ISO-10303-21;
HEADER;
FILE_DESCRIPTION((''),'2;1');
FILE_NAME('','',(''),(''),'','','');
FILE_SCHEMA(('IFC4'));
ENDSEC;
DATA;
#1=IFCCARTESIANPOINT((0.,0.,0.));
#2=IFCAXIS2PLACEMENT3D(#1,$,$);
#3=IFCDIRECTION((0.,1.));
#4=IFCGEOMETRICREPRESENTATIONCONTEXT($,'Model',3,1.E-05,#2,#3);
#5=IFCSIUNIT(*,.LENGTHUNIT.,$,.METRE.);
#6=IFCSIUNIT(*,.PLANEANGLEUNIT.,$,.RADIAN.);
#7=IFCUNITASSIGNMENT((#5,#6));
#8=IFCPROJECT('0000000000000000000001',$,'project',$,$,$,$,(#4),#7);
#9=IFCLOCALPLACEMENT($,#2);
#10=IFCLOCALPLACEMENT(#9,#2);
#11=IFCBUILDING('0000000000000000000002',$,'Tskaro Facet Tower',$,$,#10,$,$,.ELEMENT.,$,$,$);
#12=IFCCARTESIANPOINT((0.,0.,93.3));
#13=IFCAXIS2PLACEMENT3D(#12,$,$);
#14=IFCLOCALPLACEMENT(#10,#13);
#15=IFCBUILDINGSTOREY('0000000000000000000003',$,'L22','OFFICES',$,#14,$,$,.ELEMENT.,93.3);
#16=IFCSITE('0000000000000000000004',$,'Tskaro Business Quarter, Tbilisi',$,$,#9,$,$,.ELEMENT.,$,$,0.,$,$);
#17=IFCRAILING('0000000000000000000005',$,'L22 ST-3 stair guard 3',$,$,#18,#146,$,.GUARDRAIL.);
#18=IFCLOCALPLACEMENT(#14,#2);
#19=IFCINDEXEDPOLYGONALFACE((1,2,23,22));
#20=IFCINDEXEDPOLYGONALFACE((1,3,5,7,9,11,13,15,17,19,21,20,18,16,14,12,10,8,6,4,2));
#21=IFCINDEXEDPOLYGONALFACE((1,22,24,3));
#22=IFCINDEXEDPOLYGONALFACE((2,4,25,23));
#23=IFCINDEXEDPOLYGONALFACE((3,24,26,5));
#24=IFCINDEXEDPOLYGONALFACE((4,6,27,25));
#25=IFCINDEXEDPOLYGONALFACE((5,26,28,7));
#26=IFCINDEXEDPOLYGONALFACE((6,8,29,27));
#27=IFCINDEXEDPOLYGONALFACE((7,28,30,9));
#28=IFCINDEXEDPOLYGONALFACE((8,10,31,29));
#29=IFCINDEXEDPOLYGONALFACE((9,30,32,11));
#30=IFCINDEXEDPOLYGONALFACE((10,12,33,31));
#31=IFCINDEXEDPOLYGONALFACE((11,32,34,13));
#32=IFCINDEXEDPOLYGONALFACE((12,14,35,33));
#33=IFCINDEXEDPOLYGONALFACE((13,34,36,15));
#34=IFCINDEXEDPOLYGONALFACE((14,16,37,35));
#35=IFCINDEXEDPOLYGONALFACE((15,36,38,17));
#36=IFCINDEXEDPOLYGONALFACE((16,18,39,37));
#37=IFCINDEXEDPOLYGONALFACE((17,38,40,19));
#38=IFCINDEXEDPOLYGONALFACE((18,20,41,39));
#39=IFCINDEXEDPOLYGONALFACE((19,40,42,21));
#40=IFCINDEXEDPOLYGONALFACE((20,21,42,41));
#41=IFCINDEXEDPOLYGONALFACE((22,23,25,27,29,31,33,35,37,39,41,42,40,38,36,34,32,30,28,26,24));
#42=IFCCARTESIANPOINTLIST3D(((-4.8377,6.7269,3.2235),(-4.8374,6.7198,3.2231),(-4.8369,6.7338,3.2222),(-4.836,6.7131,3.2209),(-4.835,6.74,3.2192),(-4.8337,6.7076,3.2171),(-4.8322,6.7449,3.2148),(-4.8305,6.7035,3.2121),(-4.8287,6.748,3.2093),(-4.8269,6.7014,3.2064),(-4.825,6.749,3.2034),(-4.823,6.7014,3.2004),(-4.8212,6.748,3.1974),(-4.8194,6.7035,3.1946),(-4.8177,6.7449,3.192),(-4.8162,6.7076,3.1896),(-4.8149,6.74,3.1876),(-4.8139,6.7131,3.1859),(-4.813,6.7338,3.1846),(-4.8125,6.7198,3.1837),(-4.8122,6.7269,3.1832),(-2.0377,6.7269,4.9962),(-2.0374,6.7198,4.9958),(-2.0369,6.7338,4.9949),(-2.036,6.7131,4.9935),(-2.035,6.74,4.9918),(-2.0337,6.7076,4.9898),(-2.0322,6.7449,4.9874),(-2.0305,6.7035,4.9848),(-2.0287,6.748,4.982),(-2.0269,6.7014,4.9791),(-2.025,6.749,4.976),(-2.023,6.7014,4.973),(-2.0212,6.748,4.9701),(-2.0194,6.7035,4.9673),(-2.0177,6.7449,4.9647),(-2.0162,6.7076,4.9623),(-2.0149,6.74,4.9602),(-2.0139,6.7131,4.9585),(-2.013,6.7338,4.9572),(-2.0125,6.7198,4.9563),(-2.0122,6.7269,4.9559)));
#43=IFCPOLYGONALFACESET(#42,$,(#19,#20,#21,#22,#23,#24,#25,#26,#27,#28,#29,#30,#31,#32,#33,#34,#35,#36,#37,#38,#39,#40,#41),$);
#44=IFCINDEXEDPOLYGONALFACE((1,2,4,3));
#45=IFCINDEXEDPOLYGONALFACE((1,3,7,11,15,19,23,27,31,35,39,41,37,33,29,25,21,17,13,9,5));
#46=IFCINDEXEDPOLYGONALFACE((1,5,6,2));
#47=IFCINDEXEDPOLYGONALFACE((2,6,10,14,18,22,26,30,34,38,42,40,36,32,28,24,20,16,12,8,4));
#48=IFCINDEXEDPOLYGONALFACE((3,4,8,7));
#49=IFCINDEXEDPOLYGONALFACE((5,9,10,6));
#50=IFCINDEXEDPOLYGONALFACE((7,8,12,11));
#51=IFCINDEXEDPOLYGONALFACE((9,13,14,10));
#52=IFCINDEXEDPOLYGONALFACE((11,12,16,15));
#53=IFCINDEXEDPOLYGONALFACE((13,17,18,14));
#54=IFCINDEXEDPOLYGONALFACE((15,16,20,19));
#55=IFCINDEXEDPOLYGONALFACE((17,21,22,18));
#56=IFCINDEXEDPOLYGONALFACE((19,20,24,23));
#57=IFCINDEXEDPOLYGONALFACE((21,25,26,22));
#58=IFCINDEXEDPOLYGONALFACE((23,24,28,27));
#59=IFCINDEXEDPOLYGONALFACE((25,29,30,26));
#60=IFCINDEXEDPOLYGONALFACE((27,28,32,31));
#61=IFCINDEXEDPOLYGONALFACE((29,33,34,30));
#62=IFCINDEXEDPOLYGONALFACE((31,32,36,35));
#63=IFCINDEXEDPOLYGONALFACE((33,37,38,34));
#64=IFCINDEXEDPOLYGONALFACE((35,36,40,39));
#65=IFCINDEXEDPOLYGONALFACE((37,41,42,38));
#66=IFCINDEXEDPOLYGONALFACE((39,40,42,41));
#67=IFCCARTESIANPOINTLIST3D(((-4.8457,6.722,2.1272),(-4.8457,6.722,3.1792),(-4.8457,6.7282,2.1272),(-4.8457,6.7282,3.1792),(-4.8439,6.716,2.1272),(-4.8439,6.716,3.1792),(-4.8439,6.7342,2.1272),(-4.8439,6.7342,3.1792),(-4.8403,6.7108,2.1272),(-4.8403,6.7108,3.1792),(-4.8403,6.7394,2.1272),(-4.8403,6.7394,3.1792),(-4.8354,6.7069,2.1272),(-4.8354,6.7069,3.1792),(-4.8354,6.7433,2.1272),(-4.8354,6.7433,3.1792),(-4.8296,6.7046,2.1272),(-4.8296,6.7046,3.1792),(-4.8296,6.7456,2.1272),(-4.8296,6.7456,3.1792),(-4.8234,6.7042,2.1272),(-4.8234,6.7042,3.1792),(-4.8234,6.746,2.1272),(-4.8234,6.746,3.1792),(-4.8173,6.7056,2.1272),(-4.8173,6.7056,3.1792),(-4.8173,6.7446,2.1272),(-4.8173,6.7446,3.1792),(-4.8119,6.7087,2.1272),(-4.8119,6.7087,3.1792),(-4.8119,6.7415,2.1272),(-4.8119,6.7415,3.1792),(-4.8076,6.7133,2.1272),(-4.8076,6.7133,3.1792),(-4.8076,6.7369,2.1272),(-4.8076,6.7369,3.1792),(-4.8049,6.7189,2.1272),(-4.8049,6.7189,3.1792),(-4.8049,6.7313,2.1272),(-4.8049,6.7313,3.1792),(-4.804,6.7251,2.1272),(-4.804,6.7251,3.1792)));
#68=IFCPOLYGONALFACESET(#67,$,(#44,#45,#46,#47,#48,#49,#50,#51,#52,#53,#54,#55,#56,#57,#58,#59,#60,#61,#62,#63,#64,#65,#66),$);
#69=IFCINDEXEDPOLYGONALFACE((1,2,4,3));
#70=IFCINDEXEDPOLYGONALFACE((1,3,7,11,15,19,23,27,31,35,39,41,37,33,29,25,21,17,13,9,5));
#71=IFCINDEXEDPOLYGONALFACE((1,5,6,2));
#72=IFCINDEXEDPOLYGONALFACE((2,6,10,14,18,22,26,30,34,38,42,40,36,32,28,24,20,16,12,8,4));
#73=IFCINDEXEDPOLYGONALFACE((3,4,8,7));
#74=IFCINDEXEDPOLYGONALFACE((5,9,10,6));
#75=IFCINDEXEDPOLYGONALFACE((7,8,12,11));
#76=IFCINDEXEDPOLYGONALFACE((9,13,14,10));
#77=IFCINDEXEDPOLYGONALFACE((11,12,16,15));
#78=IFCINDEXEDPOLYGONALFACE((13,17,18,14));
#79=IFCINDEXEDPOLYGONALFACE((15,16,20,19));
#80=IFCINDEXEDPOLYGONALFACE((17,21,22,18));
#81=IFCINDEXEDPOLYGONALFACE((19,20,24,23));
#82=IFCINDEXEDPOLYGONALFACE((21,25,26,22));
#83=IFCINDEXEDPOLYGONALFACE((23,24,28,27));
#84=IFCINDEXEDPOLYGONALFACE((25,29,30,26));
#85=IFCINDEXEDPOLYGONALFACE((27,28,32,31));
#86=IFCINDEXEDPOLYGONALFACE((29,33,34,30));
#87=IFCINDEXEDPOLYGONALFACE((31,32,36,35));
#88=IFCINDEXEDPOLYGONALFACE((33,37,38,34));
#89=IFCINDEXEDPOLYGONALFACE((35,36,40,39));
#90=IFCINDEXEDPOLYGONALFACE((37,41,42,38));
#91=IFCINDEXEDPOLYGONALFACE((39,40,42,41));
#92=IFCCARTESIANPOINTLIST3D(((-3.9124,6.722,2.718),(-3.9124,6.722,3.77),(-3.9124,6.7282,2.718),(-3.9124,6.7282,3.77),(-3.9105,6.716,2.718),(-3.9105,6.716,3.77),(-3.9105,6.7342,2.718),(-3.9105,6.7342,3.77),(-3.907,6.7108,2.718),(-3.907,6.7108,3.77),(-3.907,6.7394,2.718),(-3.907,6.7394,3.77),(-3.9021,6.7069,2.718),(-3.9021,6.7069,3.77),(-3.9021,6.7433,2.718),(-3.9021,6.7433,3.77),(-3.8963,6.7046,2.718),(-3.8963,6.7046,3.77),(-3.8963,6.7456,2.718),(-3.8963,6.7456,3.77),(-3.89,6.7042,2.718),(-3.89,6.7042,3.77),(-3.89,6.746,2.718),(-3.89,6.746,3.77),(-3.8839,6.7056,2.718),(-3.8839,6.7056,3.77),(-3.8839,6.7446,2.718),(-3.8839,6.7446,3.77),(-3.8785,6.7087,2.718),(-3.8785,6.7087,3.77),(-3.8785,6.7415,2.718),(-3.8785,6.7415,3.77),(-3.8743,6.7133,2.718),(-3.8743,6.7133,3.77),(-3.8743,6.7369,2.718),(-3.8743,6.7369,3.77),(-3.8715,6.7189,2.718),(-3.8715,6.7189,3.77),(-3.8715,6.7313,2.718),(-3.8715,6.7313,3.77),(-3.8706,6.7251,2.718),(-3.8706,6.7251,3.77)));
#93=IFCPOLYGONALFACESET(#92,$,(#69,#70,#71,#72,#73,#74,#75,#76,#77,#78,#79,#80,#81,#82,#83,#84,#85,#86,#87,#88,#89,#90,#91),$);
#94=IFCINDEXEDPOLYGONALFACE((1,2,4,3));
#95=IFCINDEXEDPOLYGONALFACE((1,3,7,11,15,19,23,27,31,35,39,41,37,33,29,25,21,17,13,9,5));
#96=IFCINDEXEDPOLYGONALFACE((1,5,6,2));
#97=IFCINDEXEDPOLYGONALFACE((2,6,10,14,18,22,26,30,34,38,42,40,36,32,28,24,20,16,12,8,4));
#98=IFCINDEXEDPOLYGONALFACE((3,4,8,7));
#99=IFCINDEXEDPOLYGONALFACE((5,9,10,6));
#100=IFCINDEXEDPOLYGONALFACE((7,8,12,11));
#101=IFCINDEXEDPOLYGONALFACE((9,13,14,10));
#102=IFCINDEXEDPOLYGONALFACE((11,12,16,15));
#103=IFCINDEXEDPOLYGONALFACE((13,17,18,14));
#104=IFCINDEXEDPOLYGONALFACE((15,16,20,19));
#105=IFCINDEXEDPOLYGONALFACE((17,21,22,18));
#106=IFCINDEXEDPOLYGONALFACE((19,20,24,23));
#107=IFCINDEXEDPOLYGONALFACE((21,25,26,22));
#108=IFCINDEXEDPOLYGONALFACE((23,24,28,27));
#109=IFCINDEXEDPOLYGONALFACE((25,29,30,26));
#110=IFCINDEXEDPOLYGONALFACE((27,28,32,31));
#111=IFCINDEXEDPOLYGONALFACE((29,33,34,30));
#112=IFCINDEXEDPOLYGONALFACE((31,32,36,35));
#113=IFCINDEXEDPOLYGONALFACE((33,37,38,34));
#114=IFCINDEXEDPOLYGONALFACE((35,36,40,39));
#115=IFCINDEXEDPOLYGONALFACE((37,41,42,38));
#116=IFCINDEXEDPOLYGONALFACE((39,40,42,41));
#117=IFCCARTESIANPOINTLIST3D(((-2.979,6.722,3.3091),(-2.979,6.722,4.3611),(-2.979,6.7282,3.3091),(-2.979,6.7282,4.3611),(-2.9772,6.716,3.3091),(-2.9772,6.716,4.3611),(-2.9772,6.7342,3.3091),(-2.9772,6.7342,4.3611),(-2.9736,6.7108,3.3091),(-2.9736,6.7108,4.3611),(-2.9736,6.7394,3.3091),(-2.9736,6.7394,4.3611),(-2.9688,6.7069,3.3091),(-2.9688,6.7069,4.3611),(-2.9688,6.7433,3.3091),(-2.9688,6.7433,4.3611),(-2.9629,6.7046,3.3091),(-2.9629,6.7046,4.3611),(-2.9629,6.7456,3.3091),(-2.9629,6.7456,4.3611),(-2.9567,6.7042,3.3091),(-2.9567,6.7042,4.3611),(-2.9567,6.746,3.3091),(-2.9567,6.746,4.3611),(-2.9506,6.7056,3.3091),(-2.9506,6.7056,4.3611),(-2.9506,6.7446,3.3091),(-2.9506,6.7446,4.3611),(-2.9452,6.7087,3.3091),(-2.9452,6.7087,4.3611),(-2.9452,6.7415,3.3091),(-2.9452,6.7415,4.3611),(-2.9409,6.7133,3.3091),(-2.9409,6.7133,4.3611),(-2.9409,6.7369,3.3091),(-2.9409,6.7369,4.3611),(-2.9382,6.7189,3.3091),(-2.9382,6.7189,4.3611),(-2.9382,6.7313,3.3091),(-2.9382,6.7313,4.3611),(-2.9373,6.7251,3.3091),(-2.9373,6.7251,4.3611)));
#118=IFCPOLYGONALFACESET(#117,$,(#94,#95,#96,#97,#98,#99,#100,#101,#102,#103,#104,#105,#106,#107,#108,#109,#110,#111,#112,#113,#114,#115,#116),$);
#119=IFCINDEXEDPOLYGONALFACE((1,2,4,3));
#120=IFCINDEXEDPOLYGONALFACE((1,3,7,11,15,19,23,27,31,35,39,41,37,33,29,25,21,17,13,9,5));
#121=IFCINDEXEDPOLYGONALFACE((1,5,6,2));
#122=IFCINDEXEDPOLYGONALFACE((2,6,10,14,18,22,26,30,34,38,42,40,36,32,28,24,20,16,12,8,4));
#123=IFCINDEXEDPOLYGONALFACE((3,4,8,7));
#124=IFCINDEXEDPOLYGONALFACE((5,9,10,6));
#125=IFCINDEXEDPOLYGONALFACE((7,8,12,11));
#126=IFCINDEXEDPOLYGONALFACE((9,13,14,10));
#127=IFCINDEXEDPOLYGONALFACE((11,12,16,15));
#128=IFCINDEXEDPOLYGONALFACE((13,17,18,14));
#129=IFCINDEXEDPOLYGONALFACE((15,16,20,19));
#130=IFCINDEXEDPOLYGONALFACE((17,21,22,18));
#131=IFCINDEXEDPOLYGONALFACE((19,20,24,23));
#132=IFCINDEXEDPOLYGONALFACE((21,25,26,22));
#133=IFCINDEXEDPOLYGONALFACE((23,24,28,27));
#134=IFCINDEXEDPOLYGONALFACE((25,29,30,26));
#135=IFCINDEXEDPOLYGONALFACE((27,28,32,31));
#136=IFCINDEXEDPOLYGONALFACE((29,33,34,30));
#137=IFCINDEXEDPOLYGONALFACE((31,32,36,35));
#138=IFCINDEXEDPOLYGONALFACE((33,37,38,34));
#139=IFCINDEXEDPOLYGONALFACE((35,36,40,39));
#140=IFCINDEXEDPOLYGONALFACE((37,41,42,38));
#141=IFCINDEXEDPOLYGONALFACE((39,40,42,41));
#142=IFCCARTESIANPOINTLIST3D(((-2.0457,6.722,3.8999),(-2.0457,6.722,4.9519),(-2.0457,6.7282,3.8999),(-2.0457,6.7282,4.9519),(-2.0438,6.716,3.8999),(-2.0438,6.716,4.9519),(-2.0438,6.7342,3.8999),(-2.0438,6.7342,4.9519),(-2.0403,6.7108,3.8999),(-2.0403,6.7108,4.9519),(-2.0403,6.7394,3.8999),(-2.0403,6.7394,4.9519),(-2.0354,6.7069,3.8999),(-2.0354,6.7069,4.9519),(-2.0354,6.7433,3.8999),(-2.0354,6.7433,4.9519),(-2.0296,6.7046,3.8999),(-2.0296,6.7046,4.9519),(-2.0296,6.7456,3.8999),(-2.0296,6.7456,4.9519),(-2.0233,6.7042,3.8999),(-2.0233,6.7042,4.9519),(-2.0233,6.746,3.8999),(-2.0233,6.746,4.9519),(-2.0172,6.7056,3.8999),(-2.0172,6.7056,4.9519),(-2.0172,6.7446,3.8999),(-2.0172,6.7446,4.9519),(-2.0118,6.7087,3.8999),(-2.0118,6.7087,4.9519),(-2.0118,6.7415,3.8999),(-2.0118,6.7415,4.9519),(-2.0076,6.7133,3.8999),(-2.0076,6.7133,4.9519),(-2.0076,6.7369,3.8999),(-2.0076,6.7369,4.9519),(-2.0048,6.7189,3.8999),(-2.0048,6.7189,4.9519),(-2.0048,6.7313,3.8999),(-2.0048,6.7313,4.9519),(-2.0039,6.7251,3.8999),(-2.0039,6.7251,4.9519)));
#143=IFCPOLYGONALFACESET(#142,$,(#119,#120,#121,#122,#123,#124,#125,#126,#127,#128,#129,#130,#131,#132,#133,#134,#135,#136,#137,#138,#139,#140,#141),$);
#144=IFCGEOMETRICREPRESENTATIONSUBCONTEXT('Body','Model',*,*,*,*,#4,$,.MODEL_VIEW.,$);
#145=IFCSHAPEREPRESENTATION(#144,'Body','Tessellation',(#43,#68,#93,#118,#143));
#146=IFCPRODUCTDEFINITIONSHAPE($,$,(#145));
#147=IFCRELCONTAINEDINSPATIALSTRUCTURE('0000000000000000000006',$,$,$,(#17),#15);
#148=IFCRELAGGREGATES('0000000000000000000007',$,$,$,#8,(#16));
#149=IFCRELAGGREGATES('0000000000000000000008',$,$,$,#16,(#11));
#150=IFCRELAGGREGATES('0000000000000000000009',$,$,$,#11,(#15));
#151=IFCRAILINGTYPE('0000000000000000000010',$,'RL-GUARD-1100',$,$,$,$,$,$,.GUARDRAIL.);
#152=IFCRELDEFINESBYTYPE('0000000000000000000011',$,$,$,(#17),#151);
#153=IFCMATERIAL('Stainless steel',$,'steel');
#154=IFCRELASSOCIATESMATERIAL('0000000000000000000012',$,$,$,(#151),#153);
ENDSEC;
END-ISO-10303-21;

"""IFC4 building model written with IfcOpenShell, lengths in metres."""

from ifc_helpers import new_model, si_unit, direction, frame, origin, origin_2d, place, context, subcontext, project, spatial, circle, extrude, material, type_object, element, save


model = new_model("IFC4")

# Units and contexts
model_context = context("Model", 3, precision=1e-05, world=origin(), true_north=direction((0.0, 1.0)))
body_context = subcontext(model_context, "Body", "Model", "MODEL_VIEW")
ifc_project = project(units=[si_unit("LENGTHUNIT", "METRE"), si_unit("PLANEANGLEUNIT", "RADIAN")], contexts=[model_context])

# Site, building, storey
site_placement = place(None, origin())
site = spatial("IfcSite", under=ifc_project, at=site_placement, Name="Tskaro Business Quarter, Tbilisi", CompositionType="ELEMENT", RefElevation=0.0)
building_placement = place(site_placement, origin())
building = spatial("IfcBuilding", under=site, at=building_placement, Name="Tskaro Facet Tower", CompositionType="ELEMENT")
storey_placement = place(building_placement, frame((0.0, 0.0, 93.3)))
storey = spatial("IfcBuildingStorey", under=building, at=storey_placement, Name="L22", Description="OFFICES", CompositionType="ELEMENT", Elevation=93.3)

# Railing
ifc_material_1 = material(Name="Stainless steel", Category="steel")
railing_type_1 = type_object("IfcRailingType", Name="RL-GUARD-1100", PredefinedType="GUARDRAIL", material=ifc_material_1)
railing_1_placement = place(storey_placement, frame((-4.825, 6.7251, 2.1272)))
element("IfcRailing", 1, at=railing_1_placement, inside=storey, type_object=railing_type_1, Name="L22 ST-3 stair guard 3", PredefinedType="GUARDRAIL", context=body_context, shape_type="SweptSolid", body=[
    extrude(circle(Radius=0.0239, at=origin_2d()), frame((0.0, 0.0, 1.0762), z_axis=(0.844909, 0.0, 0.53491), x_axis=(0.0, 1.0, 0.0)), (0.0, 0.0, 1.0), 3.314),
    extrude(circle(Radius=0.021, at=origin_2d()), origin(), (0.0, 0.0, 1.0), 1.052),
    extrude(circle(Radius=0.021, at=origin_2d()), frame((0.9333, 0.0, 0.5908)), (0.0, 0.0, 1.0), 1.052),
    extrude(circle(Radius=0.021, at=origin_2d()), frame((1.8667, 0.0, 1.1819)), (0.0, 0.0, 1.0), 1.052),
    extrude(circle(Radius=0.021, at=origin_2d()), frame((2.8, 0.0, 1.7727)), (0.0, 0.0, 1.0), 1.052),
])

save(model, "model.ifc")
